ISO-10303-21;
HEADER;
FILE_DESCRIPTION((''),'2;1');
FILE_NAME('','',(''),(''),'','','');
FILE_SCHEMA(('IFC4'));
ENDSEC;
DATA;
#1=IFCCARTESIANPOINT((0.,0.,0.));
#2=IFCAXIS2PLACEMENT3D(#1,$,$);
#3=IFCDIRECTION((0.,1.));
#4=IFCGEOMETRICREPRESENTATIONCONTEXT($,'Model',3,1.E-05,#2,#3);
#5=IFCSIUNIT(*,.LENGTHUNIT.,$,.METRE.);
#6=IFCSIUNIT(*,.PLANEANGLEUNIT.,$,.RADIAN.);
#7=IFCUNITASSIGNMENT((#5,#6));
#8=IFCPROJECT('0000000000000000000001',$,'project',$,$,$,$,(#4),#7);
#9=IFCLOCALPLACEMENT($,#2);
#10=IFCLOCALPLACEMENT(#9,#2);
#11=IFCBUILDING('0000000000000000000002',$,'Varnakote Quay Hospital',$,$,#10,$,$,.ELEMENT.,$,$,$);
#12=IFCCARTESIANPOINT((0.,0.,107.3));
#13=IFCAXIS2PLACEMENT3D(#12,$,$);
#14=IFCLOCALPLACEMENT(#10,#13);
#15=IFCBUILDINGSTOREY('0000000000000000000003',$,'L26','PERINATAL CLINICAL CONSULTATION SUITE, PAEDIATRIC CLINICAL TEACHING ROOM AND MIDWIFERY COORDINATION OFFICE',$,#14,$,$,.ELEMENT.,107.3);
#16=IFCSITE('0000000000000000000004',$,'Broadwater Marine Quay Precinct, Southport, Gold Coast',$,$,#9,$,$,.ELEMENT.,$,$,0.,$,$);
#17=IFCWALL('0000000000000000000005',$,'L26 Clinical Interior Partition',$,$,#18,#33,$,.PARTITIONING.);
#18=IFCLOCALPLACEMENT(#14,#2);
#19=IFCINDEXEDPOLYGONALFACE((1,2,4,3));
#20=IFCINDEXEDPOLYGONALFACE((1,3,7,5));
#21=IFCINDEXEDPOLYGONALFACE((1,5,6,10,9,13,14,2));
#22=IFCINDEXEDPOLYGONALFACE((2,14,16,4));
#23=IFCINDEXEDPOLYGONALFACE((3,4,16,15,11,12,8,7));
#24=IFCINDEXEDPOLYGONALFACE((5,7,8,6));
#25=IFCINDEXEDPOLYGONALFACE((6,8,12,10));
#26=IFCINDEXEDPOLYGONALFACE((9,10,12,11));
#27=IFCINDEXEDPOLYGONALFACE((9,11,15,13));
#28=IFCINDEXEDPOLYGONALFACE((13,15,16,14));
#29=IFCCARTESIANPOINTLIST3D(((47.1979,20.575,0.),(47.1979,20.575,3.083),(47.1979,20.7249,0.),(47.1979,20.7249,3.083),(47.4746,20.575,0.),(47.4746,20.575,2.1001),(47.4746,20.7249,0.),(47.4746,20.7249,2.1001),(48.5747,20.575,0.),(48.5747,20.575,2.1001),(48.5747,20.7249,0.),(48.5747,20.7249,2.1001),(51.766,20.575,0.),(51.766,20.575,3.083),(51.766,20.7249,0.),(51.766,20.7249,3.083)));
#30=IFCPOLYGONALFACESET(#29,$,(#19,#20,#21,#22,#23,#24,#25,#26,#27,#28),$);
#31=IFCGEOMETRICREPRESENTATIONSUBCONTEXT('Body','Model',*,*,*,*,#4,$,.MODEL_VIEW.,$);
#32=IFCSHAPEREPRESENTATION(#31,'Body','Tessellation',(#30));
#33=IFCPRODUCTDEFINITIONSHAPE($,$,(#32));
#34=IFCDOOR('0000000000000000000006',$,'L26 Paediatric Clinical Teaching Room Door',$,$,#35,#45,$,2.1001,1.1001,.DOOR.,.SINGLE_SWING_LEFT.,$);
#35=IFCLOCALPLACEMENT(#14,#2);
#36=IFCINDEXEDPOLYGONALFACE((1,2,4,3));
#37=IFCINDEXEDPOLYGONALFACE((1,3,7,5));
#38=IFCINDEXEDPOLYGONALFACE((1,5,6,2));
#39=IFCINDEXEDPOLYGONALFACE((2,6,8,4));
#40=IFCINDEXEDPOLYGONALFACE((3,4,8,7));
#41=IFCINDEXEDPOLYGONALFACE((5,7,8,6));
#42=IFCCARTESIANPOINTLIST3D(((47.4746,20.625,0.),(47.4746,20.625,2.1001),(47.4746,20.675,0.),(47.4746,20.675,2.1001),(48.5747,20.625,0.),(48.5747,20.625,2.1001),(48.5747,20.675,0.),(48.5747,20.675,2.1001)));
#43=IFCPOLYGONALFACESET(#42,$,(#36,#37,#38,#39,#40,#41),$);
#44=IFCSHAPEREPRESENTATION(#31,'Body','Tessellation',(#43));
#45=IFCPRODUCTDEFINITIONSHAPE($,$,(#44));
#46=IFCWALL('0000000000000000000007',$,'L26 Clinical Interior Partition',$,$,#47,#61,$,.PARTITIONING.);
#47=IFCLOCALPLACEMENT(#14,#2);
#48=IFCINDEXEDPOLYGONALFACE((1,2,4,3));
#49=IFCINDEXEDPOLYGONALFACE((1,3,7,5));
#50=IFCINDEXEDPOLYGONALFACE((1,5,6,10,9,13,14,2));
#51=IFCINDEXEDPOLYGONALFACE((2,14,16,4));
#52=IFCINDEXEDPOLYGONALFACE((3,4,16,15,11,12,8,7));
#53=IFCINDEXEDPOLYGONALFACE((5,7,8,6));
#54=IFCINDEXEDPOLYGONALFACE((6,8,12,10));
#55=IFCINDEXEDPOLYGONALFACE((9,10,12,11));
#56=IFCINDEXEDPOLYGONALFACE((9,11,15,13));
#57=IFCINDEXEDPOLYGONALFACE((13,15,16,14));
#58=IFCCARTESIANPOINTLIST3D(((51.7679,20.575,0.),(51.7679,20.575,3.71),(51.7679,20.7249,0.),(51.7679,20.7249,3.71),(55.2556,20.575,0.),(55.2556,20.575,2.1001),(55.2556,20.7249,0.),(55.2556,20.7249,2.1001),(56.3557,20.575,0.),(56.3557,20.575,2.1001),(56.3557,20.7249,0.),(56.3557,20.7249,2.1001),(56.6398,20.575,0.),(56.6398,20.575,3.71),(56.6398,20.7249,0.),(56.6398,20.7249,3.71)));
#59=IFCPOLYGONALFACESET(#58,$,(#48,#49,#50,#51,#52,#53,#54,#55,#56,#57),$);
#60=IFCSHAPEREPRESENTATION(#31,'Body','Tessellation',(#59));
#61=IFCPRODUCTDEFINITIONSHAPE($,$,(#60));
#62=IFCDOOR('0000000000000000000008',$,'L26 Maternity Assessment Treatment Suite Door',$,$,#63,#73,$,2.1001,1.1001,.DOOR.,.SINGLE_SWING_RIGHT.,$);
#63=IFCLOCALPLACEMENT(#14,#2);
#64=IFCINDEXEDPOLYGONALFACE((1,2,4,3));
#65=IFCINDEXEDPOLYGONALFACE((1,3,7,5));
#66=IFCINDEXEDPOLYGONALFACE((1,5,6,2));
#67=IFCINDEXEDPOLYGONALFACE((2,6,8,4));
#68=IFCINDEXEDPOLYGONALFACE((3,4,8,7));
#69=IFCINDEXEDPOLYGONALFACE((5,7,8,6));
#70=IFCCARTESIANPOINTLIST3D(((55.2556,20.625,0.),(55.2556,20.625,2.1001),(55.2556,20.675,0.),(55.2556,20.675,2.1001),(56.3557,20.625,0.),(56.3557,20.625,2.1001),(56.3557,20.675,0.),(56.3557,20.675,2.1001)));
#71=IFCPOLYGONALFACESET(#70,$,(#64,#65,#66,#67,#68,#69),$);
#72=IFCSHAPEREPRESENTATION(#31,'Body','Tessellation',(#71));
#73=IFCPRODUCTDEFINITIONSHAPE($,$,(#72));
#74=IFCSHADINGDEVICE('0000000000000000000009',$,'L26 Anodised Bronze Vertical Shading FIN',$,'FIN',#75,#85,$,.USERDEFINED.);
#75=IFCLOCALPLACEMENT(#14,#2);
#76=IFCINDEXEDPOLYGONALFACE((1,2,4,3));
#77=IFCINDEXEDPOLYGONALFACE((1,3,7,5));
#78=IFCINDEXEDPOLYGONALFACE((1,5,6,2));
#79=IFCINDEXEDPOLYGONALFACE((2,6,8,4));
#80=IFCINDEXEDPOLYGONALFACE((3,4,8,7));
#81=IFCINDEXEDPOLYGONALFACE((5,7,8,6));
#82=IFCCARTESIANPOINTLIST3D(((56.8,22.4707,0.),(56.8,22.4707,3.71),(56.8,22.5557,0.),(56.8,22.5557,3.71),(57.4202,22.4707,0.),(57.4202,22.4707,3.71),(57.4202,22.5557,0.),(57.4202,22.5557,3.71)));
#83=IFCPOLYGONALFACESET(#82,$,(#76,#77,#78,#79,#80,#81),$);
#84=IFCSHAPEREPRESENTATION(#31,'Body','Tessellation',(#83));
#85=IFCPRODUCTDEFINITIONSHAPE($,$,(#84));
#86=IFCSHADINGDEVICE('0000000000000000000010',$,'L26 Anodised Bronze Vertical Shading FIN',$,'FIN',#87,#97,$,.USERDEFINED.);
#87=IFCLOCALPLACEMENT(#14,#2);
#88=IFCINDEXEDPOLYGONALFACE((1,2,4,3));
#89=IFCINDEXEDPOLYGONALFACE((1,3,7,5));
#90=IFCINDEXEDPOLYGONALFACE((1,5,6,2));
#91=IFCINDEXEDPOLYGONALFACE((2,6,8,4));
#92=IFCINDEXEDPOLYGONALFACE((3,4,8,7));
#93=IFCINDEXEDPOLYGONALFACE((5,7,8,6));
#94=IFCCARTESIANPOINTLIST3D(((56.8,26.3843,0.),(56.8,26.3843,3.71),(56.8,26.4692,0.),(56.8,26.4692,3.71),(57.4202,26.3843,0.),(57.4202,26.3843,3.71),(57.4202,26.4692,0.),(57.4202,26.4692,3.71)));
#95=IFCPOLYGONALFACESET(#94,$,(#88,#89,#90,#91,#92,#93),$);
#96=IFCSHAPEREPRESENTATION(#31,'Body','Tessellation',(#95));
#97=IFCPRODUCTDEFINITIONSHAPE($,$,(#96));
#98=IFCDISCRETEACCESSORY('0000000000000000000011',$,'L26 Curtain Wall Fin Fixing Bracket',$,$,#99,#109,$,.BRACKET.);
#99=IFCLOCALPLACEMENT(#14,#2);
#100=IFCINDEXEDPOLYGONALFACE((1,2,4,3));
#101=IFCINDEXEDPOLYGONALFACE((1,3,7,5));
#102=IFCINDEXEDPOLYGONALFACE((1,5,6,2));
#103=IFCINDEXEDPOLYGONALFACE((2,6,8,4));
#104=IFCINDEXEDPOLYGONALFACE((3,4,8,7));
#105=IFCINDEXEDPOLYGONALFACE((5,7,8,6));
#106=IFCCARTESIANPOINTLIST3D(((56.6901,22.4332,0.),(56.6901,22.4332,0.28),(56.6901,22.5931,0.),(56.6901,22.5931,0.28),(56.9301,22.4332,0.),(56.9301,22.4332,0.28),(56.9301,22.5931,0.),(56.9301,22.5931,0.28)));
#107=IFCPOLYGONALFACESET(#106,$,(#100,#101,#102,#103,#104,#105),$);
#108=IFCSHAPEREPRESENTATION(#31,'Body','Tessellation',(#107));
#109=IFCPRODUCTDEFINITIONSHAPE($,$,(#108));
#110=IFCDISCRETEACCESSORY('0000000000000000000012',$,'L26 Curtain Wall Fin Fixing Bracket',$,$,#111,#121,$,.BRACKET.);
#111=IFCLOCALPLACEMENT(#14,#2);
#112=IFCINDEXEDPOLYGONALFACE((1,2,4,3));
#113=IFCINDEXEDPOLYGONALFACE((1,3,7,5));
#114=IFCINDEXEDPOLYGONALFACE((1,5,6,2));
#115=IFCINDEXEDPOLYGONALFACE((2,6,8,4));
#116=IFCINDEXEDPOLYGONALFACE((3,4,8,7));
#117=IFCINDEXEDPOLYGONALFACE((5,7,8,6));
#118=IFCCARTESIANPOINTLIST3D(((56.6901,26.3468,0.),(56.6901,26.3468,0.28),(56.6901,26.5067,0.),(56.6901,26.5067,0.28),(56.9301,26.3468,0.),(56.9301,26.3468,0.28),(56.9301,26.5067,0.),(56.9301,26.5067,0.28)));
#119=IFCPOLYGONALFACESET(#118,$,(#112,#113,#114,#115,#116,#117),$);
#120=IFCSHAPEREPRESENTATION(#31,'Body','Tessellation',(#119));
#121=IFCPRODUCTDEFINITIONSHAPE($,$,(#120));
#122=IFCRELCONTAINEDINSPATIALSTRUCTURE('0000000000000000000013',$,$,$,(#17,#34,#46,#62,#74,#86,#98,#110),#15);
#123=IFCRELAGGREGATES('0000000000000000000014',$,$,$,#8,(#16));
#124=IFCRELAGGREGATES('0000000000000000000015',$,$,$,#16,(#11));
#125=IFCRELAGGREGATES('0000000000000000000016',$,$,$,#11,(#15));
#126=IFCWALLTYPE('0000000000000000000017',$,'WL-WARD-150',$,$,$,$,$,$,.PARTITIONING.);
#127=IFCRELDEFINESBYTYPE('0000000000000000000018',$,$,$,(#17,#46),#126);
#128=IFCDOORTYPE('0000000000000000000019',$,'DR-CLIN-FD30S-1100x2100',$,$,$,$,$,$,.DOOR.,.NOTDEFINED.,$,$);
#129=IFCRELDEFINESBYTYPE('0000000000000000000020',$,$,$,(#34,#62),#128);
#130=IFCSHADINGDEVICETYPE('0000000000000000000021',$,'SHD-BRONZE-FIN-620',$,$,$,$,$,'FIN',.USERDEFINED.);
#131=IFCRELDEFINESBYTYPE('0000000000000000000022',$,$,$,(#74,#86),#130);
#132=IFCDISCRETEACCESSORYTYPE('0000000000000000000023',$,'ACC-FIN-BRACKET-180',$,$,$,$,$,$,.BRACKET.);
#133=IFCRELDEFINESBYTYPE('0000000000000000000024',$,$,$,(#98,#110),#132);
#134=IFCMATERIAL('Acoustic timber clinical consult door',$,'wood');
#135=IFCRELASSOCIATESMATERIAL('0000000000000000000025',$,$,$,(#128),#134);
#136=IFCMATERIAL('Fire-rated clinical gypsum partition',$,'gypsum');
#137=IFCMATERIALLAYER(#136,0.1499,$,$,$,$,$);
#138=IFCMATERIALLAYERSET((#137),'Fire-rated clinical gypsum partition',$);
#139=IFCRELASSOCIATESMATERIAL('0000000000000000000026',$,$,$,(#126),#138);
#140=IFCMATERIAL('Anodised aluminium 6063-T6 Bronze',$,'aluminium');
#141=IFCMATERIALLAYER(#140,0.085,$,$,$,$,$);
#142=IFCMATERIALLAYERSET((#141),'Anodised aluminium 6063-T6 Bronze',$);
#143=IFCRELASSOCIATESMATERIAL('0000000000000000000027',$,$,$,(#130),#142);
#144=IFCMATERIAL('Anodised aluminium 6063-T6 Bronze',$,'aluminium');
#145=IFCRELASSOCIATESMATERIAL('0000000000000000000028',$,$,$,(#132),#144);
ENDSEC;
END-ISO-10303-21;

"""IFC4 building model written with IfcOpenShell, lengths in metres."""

from ifc_helpers import new_model, si_unit, direction, frame, frame_2d, origin, origin_2d, place, context, subcontext, project, spatial, rectangle, extrude, material, layer, layer_set, type_object, element, fill, save


model = new_model("IFC4")

# Units and contexts
model_context = context("Model", 3, precision=1e-05, world=origin(), true_north=direction((0.0, 1.0)))
body_context = subcontext(model_context, "Body", "Model", "MODEL_VIEW")
ifc_project = project(units=[si_unit("LENGTHUNIT", "METRE"), si_unit("PLANEANGLEUNIT", "RADIAN")], contexts=[model_context])

# Site, building, storey
site_placement = place(None, origin())
site = spatial("IfcSite", under=ifc_project, at=site_placement, Name="Broadwater Marine Quay Precinct, Southport, Gold Coast", CompositionType="ELEMENT", RefElevation=0.0)
building_placement = place(site_placement, origin())
building = spatial("IfcBuilding", under=site, at=building_placement, Name="Varnakote Quay Hospital", CompositionType="ELEMENT")
storey_placement = place(building_placement, frame((0.0, 0.0, 107.3)))
storey = spatial("IfcBuildingStorey", under=building, at=storey_placement, Name="L26", Description="PERINATAL CLINICAL CONSULTATION SUITE, PAEDIATRIC CLINICAL TEACHING ROOM AND MIDWIFERY COORDINATION OFFICE", CompositionType="ELEMENT", Elevation=107.3)

# Walls, openings, doors
ifc_material_1 = material(Name="Acoustic timber clinical consult door", Category="wood")
door_type = type_object("IfcDoorType", Name="DR-CLIN-FD30S-1100x2100", OperationType="NOTDEFINED", PredefinedType="DOOR", material=ifc_material_1)
ifc_material_2 = material(Name="Fire-rated clinical gypsum partition", Category="gypsum")
ifc_layer_1 = layer(ifc_material_2, 0.1499)
ifc_layer_set_1 = layer_set([ifc_layer_1], Name="Fire-rated clinical gypsum partition")
wall_type_1 = type_object("IfcWallType", Name="WL-WARD-150", PredefinedType="PARTITIONING", material=ifc_layer_set_1)
wall_1_placement = place(storey_placement, frame((51.7661, 20.6499, 0.0), z_axis=(0.0, 0.0, 1.0), x_axis=(-1.0, 0.0, 0.0)))
wall_1 = element("IfcWall", 1, at=wall_1_placement, inside=storey, type_object=wall_type_1, Name="L26 Clinical Interior Partition", PredefinedType="PARTITIONING", context=body_context, shape_type="SweptSolid", body=[
    extrude(rectangle(XDim=4.5681, YDim=0.1499, at=frame_2d((2.2842, 0.0))), origin(), (0.0, 0.0, 1.0), 3.083),
])
opening_1_placement = place(wall_1_placement, frame((3.1914, 0.0, 0.0)))
opening_1 = element("IfcOpeningElement", 2, at=opening_1_placement, cuts=wall_1, PredefinedType="OPENING", context=body_context, shape_type="SweptSolid", body=[
    extrude(rectangle(XDim=1.1001, YDim=2.1001, at=frame_2d((0.55, 1.05))), frame((0.0, 0.085, 0.0), z_axis=(0.0, -1.0, 0.0), x_axis=(1.0, 0.0, 0.0)), (0.0, 0.0, 1.0), 0.1699),
])
door_1_placement = place(opening_1_placement, origin())
door_1 = element("IfcDoor", 3, at=door_1_placement, inside=storey, type_object=door_type, Name="L26 Paediatric Clinical Teaching Room Door", OperationType="SINGLE_SWING_LEFT", OverallHeight=2.1001, OverallWidth=1.1001, PredefinedType="DOOR", context=body_context, shape_type="SweptSolid", body=[
    extrude(rectangle(XDim=1.1001, YDim=2.1001, at=frame_2d((0.55, 1.05))), frame((0.0, 0.0249, 0.0), z_axis=(0.0, -1.0, 0.0), x_axis=(1.0, 0.0, 0.0)), (0.0, 0.0, 1.0), 0.05),
])
fill(opening_1, door_1)
wall_2_placement = place(storey_placement, frame((56.6399, 20.6499, 0.0), z_axis=(0.0, 0.0, 1.0), x_axis=(-1.0, 0.0, 0.0)))
wall_2 = element("IfcWall", 4, at=wall_2_placement, inside=storey, type_object=wall_type_1, Name="L26 Clinical Interior Partition", PredefinedType="PARTITIONING", context=body_context, shape_type="SweptSolid", body=[
    extrude(rectangle(XDim=4.8718, YDim=0.1499, at=frame_2d((2.436, 0.0))), origin(), (0.0, 0.0, 1.0), 3.71),
])
opening_2_placement = place(wall_2_placement, frame((0.2842, 0.0, 0.0)))
opening_2 = element("IfcOpeningElement", 5, at=opening_2_placement, cuts=wall_2, PredefinedType="OPENING", context=body_context, shape_type="SweptSolid", body=[
    extrude(rectangle(XDim=1.1001, YDim=2.1001, at=frame_2d((0.55, 1.05))), frame((0.0, 0.085, 0.0), z_axis=(0.0, -1.0, 0.0), x_axis=(1.0, 0.0, 0.0)), (0.0, 0.0, 1.0), 0.1699),
])
door_2_placement = place(opening_2_placement, origin())
door_2 = element("IfcDoor", 6, at=door_2_placement, inside=storey, type_object=door_type, Name="L26 Maternity Assessment Treatment Suite Door", OperationType="SINGLE_SWING_RIGHT", OverallHeight=2.1001, OverallWidth=1.1001, PredefinedType="DOOR", context=body_context, shape_type="SweptSolid", body=[
    extrude(rectangle(XDim=1.1001, YDim=2.1001, at=frame_2d((0.55, 1.05))), frame((0.0, 0.0249, 0.0), z_axis=(0.0, -1.0, 0.0), x_axis=(1.0, 0.0, 0.0)), (0.0, 0.0, 1.0), 0.05),
])
fill(opening_2, door_2)

# Shading devices
ifc_material_3 = material(Name="Anodised aluminium 6063-T6 Bronze", Category="aluminium")
ifc_layer_2 = layer(ifc_material_3, 0.085)
ifc_layer_set_2 = layer_set([ifc_layer_2], Name="Anodised aluminium 6063-T6 Bronze")
shading_device_type = type_object("IfcShadingDeviceType", Name="SHD-BRONZE-FIN-620", ElementType="FIN", PredefinedType="USERDEFINED", material=ifc_layer_set_2)
for number, where, z_axis, x_axis, name in (
    (7, (57.1101, 22.5132, 0.0), (0.0, 0.0, 1.0), (-1.0, 0.0, 0.0), "L26 Anodised Bronze Vertical Shading FIN"),
    (8, (57.1101, 26.4268, 0.0), (0.0, 0.0, 1.0), (-1.0, 0.0, 0.0), "L26 Anodised Bronze Vertical Shading FIN"),
):
    element("IfcShadingDevice", number, at=place(storey_placement, frame(where, z_axis=z_axis, x_axis=x_axis)), inside=storey, type_object=shading_device_type, Name=name, ObjectType="FIN", PredefinedType="USERDEFINED", context=body_context, shape_type="SweptSolid", body=[
        extrude(rectangle(XDim=0.6201, YDim=0.085, at=origin_2d()), origin(), (0.0, 0.0, 1.0), 3.71),
    ])

# Discrete accessories
ifc_material_4 = material(Name="Anodised aluminium 6063-T6 Bronze", Category="aluminium")
discrete_accessory_type = type_object("IfcDiscreteAccessoryType", Name="ACC-FIN-BRACKET-180", PredefinedType="BRACKET", material=ifc_material_4)
for number, where, z_axis, x_axis, name in (
    (9, (56.8101, 22.5132, 0.0), (0.0, 0.0, 1.0), (0.0, 1.0, 0.0), "L26 Curtain Wall Fin Fixing Bracket"),
    (10, (56.8101, 26.4268, 0.0), (0.0, 0.0, 1.0), (0.0, 1.0, 0.0), "L26 Curtain Wall Fin Fixing Bracket"),
):
    element("IfcDiscreteAccessory", number, at=place(storey_placement, frame(where, z_axis=z_axis, x_axis=x_axis)), inside=storey, type_object=discrete_accessory_type, Name=name, PredefinedType="BRACKET", context=body_context, shape_type="SweptSolid", body=[
        extrude(rectangle(XDim=0.1599, YDim=0.24, at=origin_2d()), origin(), (0.0, 0.0, 1.0), 0.28),
    ])

save(model, "model.ifc")
